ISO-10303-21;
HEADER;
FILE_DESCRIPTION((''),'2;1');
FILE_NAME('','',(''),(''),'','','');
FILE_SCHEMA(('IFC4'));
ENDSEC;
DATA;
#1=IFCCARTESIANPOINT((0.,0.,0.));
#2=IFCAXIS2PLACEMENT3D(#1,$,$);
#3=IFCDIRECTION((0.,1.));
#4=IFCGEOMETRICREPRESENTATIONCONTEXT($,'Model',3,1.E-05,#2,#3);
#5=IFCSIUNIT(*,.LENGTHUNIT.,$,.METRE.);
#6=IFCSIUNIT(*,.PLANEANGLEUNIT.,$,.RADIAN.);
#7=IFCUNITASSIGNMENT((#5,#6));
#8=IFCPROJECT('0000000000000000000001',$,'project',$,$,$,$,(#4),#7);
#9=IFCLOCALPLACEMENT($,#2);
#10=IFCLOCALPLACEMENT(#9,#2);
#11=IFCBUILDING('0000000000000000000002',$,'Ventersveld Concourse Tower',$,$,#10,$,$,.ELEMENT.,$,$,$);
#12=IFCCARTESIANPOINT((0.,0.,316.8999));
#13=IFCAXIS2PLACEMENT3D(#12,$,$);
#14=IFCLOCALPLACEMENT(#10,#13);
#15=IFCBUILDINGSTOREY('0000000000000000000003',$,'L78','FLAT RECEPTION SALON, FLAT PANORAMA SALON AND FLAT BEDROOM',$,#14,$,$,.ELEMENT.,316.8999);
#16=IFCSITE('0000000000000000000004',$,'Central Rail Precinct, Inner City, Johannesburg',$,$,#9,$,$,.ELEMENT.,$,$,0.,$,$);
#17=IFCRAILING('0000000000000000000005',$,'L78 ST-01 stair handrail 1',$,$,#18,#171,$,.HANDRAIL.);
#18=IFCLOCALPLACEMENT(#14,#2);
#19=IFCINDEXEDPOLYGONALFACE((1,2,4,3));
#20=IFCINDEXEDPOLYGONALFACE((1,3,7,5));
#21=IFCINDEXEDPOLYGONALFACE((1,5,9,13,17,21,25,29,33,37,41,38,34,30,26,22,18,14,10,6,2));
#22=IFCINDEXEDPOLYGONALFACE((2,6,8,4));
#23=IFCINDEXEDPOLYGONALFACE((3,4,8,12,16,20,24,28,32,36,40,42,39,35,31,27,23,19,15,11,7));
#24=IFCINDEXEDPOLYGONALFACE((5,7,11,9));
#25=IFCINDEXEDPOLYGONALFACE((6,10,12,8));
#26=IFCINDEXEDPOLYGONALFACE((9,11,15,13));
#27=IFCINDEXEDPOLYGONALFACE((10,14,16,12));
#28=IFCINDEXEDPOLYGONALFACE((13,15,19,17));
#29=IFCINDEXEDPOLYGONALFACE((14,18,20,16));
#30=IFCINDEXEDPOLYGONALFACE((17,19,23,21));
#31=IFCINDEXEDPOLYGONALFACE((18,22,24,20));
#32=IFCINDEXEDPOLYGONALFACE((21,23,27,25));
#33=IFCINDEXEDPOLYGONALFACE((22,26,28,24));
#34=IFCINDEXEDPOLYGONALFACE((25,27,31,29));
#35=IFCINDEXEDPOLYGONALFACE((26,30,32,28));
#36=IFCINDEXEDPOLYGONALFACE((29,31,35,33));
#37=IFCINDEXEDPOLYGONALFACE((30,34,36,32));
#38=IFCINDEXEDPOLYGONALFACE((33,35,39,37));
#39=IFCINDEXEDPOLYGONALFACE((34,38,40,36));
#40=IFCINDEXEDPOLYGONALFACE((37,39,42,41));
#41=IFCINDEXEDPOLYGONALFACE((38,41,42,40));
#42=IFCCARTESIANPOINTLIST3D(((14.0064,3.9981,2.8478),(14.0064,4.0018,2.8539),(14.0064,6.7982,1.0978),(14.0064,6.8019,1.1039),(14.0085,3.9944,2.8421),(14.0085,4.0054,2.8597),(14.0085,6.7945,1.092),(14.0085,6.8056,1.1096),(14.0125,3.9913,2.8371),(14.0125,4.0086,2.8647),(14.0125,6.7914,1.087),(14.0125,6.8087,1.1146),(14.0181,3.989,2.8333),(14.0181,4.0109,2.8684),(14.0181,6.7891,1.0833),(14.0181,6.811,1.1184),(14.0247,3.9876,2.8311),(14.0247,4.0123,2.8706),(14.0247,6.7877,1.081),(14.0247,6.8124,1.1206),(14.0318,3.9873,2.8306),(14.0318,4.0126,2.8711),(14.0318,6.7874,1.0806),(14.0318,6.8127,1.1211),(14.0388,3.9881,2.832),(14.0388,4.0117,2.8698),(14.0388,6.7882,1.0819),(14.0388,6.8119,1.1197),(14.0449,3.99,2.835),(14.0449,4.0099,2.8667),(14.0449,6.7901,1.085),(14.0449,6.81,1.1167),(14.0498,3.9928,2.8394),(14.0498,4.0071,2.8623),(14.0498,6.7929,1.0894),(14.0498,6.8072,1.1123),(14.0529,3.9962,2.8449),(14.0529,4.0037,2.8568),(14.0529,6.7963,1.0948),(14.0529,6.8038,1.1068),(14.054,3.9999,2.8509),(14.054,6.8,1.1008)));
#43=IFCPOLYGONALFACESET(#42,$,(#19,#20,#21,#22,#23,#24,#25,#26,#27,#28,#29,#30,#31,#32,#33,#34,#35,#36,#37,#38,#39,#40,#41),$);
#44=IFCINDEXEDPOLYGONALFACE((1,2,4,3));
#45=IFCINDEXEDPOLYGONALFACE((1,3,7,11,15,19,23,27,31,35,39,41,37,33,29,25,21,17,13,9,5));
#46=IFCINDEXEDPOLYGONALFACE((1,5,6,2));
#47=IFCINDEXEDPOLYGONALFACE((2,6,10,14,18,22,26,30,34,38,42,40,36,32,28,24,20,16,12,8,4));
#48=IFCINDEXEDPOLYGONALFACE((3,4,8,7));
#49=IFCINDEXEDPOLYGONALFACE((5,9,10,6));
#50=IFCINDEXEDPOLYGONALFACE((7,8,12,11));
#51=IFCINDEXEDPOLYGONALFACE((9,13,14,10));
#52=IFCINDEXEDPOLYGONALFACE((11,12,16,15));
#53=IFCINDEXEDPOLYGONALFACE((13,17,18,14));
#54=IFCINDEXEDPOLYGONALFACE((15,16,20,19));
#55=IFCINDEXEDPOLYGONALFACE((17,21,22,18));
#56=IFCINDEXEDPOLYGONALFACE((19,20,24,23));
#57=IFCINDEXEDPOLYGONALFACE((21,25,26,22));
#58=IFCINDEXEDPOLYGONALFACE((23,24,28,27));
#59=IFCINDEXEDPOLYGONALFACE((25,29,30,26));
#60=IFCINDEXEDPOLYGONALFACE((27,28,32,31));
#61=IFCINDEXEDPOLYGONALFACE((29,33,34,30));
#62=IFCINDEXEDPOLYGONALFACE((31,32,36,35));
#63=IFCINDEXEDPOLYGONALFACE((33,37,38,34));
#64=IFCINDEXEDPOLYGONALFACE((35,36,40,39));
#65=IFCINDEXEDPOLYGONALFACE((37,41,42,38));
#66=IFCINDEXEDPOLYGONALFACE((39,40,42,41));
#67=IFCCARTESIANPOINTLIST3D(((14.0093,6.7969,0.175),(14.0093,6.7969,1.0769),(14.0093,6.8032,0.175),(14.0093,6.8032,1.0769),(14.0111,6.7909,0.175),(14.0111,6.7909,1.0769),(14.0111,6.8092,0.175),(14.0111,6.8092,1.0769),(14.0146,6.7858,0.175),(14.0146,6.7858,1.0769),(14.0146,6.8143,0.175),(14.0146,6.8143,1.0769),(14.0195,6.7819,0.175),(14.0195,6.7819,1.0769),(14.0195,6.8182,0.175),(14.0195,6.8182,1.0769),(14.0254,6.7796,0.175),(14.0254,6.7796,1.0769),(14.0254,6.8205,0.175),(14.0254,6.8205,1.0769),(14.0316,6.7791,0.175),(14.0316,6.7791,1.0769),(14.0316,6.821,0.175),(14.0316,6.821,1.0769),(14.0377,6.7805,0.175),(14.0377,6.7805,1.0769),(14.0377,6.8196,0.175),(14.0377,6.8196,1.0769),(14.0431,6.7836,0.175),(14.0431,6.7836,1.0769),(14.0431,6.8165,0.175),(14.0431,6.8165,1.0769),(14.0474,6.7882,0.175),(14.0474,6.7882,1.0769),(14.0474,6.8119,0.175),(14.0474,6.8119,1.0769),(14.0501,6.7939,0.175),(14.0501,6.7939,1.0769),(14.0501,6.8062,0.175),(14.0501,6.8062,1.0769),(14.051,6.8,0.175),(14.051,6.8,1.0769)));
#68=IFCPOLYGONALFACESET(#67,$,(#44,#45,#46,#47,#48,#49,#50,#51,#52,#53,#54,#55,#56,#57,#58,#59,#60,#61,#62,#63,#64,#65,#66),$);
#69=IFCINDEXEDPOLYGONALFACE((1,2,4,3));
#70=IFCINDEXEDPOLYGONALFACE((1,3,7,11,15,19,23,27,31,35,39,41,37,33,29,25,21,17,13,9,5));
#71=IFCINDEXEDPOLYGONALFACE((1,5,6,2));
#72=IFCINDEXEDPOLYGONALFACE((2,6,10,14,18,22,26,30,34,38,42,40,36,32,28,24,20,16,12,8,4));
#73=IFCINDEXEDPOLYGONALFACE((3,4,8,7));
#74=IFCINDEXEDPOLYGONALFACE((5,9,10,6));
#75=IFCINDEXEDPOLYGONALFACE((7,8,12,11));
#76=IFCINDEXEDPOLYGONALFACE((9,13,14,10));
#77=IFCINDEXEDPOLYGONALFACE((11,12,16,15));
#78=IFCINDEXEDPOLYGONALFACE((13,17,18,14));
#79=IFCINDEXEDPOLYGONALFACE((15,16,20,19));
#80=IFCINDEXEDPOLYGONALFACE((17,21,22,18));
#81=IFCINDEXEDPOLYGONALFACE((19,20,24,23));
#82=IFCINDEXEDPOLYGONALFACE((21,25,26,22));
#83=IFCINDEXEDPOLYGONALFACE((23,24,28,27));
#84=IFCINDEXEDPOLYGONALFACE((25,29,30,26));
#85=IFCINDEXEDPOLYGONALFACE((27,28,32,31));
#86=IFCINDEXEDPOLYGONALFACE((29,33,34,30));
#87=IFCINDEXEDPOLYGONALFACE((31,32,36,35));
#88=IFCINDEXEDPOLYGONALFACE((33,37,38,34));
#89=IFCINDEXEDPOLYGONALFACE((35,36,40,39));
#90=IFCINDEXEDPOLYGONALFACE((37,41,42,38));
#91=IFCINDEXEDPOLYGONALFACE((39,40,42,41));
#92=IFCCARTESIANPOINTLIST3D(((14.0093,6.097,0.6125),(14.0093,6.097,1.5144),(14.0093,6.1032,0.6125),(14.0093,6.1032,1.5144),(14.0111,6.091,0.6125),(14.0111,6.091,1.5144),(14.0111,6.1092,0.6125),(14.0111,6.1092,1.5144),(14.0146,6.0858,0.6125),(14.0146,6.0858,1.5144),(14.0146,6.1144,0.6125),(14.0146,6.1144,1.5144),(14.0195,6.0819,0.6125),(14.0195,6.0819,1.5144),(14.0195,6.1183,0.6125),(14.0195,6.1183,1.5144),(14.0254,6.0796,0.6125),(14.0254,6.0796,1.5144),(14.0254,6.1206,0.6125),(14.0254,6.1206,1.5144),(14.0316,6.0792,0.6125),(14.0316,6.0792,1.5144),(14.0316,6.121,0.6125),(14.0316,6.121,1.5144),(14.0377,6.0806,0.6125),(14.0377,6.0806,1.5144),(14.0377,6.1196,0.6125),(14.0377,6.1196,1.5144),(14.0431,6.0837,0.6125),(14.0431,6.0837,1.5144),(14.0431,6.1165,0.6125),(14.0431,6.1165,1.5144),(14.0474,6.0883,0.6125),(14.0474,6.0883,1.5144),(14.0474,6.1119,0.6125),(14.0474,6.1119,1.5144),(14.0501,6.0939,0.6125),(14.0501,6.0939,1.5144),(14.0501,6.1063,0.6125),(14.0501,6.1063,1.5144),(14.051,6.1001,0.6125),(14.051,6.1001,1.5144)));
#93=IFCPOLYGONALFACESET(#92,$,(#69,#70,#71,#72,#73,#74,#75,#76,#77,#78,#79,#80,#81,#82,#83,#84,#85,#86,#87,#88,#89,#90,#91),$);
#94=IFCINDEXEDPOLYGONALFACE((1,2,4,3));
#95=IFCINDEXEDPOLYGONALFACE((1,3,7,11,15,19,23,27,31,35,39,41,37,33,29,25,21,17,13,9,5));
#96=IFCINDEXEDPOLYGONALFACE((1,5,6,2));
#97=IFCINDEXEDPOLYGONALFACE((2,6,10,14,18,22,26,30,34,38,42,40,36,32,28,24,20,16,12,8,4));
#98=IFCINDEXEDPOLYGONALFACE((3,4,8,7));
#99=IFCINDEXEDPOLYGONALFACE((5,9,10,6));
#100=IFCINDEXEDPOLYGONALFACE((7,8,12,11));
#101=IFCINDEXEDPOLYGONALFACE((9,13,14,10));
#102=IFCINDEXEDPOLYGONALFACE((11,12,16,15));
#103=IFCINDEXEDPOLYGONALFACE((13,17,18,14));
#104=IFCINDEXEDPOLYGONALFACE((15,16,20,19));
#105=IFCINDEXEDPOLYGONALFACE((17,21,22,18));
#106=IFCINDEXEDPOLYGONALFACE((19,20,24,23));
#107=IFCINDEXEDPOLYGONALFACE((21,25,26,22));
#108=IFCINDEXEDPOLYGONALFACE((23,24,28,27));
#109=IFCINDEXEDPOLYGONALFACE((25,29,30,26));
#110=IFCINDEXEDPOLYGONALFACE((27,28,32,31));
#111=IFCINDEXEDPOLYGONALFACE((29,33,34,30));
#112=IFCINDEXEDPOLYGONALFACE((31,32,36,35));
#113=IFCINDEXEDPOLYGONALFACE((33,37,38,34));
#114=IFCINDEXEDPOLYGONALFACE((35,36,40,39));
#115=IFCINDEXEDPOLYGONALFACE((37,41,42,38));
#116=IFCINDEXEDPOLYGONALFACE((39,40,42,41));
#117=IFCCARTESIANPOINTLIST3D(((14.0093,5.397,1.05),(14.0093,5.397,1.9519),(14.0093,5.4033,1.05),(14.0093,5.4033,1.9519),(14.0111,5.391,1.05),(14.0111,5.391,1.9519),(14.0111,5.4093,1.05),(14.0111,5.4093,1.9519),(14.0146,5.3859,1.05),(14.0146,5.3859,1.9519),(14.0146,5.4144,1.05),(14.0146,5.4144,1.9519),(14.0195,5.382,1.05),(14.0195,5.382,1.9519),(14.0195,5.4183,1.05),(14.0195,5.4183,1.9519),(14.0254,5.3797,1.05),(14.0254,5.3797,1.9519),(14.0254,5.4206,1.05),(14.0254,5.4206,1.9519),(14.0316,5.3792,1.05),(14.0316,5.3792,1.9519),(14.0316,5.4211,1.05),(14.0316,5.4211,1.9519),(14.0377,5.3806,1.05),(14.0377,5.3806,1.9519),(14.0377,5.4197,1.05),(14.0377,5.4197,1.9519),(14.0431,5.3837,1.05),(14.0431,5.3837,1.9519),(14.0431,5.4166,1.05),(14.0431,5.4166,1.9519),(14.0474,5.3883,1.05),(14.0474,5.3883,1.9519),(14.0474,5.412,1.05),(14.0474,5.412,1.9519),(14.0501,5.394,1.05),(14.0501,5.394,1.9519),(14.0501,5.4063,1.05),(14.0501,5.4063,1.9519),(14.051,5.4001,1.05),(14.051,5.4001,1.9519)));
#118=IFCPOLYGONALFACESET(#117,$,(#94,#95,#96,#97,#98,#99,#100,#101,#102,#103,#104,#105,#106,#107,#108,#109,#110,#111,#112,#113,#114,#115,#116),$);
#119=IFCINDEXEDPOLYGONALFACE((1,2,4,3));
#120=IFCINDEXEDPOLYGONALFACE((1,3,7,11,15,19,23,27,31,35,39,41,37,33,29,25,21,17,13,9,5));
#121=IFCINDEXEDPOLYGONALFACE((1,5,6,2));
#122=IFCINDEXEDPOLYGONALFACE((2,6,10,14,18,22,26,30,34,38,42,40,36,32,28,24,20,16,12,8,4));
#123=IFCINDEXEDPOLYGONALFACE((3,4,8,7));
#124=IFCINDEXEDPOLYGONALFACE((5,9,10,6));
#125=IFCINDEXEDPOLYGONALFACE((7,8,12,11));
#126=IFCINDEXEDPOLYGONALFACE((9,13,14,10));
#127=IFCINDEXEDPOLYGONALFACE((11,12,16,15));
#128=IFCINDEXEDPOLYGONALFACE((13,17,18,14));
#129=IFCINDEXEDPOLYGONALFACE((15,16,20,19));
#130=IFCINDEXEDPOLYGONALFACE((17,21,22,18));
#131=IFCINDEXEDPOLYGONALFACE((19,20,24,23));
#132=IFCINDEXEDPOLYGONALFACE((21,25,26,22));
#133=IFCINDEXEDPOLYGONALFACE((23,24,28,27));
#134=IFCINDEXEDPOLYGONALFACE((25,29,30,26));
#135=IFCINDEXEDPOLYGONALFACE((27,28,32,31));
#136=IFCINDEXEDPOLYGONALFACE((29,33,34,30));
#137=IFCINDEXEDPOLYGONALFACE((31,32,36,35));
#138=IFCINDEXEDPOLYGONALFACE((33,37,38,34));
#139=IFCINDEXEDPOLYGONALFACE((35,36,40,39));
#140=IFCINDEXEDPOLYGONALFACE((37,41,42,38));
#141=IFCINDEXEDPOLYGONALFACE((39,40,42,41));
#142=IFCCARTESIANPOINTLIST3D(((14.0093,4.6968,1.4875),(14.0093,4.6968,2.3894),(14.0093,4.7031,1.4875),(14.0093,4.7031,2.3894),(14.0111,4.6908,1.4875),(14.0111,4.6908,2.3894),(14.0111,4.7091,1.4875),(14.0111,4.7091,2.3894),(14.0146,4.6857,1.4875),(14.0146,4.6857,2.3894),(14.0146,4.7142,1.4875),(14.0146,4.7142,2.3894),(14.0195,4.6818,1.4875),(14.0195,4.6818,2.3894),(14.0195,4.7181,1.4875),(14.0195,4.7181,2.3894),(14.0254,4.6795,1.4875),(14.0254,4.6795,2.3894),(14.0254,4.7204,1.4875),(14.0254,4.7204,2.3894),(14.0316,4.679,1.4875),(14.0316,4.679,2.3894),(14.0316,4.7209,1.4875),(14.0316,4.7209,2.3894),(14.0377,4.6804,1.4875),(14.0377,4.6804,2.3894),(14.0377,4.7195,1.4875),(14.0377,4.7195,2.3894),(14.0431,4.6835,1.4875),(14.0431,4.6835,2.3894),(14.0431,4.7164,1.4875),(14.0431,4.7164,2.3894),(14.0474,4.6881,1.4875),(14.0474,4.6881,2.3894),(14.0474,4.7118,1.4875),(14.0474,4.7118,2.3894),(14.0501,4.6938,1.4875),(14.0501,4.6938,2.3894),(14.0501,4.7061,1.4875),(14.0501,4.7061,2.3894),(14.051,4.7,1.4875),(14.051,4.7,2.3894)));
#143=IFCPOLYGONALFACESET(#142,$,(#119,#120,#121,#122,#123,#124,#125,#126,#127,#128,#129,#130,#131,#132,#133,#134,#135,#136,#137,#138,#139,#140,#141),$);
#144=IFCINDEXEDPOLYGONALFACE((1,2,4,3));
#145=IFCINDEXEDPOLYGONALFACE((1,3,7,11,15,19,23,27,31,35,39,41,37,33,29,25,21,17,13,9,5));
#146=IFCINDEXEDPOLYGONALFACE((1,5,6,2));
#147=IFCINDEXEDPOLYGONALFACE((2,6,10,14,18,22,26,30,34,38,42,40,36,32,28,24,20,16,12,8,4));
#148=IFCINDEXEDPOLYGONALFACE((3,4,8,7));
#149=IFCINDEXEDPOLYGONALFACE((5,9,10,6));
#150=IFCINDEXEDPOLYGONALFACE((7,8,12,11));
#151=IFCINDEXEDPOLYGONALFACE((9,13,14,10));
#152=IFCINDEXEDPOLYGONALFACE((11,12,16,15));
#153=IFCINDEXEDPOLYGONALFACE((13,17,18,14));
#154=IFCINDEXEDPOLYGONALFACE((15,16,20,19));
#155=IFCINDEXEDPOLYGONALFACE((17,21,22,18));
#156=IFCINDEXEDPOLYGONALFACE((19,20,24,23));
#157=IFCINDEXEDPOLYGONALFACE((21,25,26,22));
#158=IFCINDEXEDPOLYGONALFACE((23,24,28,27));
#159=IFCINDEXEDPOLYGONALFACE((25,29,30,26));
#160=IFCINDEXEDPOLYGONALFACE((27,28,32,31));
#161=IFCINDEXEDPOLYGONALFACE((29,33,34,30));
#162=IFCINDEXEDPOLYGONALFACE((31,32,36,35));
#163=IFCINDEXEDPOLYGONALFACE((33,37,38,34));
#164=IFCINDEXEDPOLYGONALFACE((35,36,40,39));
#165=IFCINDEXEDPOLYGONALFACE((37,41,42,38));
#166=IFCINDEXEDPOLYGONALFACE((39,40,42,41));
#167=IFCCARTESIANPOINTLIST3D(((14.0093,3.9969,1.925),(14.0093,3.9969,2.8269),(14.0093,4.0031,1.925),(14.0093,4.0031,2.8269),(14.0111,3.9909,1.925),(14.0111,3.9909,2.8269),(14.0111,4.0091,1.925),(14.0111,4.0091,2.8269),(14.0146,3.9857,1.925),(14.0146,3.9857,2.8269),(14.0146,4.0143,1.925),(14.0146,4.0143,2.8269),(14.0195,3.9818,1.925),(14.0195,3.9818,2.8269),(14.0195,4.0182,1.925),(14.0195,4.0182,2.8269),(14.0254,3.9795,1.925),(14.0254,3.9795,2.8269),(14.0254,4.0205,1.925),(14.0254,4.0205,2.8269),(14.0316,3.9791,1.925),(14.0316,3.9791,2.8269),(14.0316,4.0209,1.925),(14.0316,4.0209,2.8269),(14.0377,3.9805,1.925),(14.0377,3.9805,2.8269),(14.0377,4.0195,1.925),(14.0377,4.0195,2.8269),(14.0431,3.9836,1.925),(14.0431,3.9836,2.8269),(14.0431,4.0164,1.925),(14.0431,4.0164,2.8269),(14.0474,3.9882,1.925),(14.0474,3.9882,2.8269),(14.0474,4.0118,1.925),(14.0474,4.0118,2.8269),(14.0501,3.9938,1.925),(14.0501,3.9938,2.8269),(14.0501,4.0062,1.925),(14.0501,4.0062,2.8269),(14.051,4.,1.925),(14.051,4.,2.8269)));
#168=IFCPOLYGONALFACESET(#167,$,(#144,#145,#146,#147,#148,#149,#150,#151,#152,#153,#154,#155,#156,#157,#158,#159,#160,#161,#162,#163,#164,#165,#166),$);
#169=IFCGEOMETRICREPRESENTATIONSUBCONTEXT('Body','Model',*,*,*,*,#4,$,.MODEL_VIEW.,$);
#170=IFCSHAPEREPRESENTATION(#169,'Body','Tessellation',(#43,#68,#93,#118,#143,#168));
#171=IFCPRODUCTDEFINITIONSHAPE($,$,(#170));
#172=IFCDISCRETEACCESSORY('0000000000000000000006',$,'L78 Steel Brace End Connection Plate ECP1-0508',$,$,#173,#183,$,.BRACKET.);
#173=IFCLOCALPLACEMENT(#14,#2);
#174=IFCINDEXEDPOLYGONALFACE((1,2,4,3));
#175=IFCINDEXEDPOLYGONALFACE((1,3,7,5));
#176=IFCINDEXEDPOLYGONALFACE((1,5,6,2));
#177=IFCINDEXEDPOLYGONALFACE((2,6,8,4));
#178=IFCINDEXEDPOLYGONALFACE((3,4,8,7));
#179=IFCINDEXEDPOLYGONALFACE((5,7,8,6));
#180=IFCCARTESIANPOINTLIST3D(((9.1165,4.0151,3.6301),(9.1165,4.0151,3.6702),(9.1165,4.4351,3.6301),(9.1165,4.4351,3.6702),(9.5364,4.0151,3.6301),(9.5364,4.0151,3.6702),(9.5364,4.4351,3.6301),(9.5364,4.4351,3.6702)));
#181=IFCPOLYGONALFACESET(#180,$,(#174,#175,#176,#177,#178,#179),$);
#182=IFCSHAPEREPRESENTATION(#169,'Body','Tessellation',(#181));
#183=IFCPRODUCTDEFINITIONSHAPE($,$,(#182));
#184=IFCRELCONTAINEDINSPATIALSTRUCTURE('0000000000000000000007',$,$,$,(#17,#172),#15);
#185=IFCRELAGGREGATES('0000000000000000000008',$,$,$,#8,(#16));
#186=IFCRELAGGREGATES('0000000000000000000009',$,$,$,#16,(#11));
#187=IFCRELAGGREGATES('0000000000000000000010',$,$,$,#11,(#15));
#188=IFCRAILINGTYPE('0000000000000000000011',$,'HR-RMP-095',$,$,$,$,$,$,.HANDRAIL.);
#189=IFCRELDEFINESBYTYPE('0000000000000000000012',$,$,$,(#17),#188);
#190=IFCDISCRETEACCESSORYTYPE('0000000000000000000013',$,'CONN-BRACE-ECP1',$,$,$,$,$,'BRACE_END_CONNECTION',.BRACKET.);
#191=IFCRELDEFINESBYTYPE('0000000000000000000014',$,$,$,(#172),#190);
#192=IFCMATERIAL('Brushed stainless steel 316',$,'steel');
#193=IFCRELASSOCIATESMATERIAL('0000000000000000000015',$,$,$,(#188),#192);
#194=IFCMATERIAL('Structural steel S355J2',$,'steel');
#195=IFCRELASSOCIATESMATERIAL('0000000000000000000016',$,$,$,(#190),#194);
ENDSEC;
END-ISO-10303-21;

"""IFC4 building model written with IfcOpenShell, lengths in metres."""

from ifc_helpers import new_model, si_unit, direction, frame, origin, origin_2d, place, context, subcontext, project, spatial, rectangle, circle, extrude, material, type_object, element, save


model = new_model("IFC4")

# Units and contexts
model_context = context("Model", 3, precision=1e-05, world=origin(), true_north=direction((0.0, 1.0)))
body_context = subcontext(model_context, "Body", "Model", "MODEL_VIEW")
ifc_project = project(units=[si_unit("LENGTHUNIT", "METRE"), si_unit("PLANEANGLEUNIT", "RADIAN")], contexts=[model_context])

# Site, building, storey
site_placement = place(None, origin())
site = spatial("IfcSite", under=ifc_project, at=site_placement, Name="Central Rail Precinct, Inner City, Johannesburg", CompositionType="ELEMENT", RefElevation=0.0)
building_placement = place(site_placement, origin())
building = spatial("IfcBuilding", under=site, at=building_placement, Name="Ventersveld Concourse Tower", CompositionType="ELEMENT")
storey_placement = place(building_placement, frame((0.0, 0.0, 316.8999)))
storey = spatial("IfcBuildingStorey", under=building, at=storey_placement, Name="L78", Description="FLAT RECEPTION SALON, FLAT PANORAMA SALON AND FLAT BEDROOM", CompositionType="ELEMENT", Elevation=316.8999)

# Shared definitions
ifc_material_1 = material(Name="Structural steel S355J2", Category="steel")

# Railing
ifc_material_2 = material(Name="Brushed stainless steel 316", Category="steel")
railing_type = type_object("IfcRailingType", Name="HR-RMP-095", PredefinedType="HANDRAIL", material=ifc_material_2)
railing_placement = place(storey_placement, frame((14.03, 6.8, 0.175)))
element("IfcRailing", 1, at=railing_placement, inside=storey, type_object=railing_type, Name="L78 ST-01 stair handrail 1", PredefinedType="HANDRAIL", context=body_context, shape_type="SweptSolid", body=[
    extrude(circle(Radius=0.0239, at=origin_2d()), frame((0.0, 0.0, 0.9258), z_axis=(0.0, -0.848002, 0.529992), x_axis=(1.0, 0.0, 0.0)), (0.0, 0.0, 1.0), 3.302),
    extrude(circle(Radius=0.021, at=origin_2d()), origin(), (0.0, 0.0, 1.0), 0.9019),
    extrude(circle(Radius=0.021, at=origin_2d()), frame((0.0, -0.7, 0.4375)), (0.0, 0.0, 1.0), 0.9019),
    extrude(circle(Radius=0.021, at=origin_2d()), frame((0.0, -1.3999, 0.875)), (0.0, 0.0, 1.0), 0.9019),
    extrude(circle(Radius=0.021, at=origin_2d()), frame((0.0, -2.1001, 1.3125)), (0.0, 0.0, 1.0), 0.9019),
    extrude(circle(Radius=0.021, at=origin_2d()), frame((0.0, -2.8, 1.75)), (0.0, 0.0, 1.0), 0.9019),
])

# Discrete accessory
discrete_accessory_type = type_object("IfcDiscreteAccessoryType", Name="CONN-BRACE-ECP1", ElementType="BRACE_END_CONNECTION", PredefinedType="BRACKET", material=ifc_material_1)
discrete_accessory_placement = place(storey_placement, frame((9.3264, 4.2251, 3.6301), z_axis=(0.0, 0.0, 1.0), x_axis=(1.0, 0.0, 0.0)))
element("IfcDiscreteAccessory", 2, at=discrete_accessory_placement, inside=storey, type_object=discrete_accessory_type, Name="L78 Steel Brace End Connection Plate ECP1-0508", PredefinedType="BRACKET", context=body_context, shape_type="SweptSolid", body=[
    extrude(rectangle(XDim=0.4199, YDim=0.4199, at=origin_2d()), origin(), (0.0, 0.0, 1.0), 0.04),
])

save(model, "model.ifc")
